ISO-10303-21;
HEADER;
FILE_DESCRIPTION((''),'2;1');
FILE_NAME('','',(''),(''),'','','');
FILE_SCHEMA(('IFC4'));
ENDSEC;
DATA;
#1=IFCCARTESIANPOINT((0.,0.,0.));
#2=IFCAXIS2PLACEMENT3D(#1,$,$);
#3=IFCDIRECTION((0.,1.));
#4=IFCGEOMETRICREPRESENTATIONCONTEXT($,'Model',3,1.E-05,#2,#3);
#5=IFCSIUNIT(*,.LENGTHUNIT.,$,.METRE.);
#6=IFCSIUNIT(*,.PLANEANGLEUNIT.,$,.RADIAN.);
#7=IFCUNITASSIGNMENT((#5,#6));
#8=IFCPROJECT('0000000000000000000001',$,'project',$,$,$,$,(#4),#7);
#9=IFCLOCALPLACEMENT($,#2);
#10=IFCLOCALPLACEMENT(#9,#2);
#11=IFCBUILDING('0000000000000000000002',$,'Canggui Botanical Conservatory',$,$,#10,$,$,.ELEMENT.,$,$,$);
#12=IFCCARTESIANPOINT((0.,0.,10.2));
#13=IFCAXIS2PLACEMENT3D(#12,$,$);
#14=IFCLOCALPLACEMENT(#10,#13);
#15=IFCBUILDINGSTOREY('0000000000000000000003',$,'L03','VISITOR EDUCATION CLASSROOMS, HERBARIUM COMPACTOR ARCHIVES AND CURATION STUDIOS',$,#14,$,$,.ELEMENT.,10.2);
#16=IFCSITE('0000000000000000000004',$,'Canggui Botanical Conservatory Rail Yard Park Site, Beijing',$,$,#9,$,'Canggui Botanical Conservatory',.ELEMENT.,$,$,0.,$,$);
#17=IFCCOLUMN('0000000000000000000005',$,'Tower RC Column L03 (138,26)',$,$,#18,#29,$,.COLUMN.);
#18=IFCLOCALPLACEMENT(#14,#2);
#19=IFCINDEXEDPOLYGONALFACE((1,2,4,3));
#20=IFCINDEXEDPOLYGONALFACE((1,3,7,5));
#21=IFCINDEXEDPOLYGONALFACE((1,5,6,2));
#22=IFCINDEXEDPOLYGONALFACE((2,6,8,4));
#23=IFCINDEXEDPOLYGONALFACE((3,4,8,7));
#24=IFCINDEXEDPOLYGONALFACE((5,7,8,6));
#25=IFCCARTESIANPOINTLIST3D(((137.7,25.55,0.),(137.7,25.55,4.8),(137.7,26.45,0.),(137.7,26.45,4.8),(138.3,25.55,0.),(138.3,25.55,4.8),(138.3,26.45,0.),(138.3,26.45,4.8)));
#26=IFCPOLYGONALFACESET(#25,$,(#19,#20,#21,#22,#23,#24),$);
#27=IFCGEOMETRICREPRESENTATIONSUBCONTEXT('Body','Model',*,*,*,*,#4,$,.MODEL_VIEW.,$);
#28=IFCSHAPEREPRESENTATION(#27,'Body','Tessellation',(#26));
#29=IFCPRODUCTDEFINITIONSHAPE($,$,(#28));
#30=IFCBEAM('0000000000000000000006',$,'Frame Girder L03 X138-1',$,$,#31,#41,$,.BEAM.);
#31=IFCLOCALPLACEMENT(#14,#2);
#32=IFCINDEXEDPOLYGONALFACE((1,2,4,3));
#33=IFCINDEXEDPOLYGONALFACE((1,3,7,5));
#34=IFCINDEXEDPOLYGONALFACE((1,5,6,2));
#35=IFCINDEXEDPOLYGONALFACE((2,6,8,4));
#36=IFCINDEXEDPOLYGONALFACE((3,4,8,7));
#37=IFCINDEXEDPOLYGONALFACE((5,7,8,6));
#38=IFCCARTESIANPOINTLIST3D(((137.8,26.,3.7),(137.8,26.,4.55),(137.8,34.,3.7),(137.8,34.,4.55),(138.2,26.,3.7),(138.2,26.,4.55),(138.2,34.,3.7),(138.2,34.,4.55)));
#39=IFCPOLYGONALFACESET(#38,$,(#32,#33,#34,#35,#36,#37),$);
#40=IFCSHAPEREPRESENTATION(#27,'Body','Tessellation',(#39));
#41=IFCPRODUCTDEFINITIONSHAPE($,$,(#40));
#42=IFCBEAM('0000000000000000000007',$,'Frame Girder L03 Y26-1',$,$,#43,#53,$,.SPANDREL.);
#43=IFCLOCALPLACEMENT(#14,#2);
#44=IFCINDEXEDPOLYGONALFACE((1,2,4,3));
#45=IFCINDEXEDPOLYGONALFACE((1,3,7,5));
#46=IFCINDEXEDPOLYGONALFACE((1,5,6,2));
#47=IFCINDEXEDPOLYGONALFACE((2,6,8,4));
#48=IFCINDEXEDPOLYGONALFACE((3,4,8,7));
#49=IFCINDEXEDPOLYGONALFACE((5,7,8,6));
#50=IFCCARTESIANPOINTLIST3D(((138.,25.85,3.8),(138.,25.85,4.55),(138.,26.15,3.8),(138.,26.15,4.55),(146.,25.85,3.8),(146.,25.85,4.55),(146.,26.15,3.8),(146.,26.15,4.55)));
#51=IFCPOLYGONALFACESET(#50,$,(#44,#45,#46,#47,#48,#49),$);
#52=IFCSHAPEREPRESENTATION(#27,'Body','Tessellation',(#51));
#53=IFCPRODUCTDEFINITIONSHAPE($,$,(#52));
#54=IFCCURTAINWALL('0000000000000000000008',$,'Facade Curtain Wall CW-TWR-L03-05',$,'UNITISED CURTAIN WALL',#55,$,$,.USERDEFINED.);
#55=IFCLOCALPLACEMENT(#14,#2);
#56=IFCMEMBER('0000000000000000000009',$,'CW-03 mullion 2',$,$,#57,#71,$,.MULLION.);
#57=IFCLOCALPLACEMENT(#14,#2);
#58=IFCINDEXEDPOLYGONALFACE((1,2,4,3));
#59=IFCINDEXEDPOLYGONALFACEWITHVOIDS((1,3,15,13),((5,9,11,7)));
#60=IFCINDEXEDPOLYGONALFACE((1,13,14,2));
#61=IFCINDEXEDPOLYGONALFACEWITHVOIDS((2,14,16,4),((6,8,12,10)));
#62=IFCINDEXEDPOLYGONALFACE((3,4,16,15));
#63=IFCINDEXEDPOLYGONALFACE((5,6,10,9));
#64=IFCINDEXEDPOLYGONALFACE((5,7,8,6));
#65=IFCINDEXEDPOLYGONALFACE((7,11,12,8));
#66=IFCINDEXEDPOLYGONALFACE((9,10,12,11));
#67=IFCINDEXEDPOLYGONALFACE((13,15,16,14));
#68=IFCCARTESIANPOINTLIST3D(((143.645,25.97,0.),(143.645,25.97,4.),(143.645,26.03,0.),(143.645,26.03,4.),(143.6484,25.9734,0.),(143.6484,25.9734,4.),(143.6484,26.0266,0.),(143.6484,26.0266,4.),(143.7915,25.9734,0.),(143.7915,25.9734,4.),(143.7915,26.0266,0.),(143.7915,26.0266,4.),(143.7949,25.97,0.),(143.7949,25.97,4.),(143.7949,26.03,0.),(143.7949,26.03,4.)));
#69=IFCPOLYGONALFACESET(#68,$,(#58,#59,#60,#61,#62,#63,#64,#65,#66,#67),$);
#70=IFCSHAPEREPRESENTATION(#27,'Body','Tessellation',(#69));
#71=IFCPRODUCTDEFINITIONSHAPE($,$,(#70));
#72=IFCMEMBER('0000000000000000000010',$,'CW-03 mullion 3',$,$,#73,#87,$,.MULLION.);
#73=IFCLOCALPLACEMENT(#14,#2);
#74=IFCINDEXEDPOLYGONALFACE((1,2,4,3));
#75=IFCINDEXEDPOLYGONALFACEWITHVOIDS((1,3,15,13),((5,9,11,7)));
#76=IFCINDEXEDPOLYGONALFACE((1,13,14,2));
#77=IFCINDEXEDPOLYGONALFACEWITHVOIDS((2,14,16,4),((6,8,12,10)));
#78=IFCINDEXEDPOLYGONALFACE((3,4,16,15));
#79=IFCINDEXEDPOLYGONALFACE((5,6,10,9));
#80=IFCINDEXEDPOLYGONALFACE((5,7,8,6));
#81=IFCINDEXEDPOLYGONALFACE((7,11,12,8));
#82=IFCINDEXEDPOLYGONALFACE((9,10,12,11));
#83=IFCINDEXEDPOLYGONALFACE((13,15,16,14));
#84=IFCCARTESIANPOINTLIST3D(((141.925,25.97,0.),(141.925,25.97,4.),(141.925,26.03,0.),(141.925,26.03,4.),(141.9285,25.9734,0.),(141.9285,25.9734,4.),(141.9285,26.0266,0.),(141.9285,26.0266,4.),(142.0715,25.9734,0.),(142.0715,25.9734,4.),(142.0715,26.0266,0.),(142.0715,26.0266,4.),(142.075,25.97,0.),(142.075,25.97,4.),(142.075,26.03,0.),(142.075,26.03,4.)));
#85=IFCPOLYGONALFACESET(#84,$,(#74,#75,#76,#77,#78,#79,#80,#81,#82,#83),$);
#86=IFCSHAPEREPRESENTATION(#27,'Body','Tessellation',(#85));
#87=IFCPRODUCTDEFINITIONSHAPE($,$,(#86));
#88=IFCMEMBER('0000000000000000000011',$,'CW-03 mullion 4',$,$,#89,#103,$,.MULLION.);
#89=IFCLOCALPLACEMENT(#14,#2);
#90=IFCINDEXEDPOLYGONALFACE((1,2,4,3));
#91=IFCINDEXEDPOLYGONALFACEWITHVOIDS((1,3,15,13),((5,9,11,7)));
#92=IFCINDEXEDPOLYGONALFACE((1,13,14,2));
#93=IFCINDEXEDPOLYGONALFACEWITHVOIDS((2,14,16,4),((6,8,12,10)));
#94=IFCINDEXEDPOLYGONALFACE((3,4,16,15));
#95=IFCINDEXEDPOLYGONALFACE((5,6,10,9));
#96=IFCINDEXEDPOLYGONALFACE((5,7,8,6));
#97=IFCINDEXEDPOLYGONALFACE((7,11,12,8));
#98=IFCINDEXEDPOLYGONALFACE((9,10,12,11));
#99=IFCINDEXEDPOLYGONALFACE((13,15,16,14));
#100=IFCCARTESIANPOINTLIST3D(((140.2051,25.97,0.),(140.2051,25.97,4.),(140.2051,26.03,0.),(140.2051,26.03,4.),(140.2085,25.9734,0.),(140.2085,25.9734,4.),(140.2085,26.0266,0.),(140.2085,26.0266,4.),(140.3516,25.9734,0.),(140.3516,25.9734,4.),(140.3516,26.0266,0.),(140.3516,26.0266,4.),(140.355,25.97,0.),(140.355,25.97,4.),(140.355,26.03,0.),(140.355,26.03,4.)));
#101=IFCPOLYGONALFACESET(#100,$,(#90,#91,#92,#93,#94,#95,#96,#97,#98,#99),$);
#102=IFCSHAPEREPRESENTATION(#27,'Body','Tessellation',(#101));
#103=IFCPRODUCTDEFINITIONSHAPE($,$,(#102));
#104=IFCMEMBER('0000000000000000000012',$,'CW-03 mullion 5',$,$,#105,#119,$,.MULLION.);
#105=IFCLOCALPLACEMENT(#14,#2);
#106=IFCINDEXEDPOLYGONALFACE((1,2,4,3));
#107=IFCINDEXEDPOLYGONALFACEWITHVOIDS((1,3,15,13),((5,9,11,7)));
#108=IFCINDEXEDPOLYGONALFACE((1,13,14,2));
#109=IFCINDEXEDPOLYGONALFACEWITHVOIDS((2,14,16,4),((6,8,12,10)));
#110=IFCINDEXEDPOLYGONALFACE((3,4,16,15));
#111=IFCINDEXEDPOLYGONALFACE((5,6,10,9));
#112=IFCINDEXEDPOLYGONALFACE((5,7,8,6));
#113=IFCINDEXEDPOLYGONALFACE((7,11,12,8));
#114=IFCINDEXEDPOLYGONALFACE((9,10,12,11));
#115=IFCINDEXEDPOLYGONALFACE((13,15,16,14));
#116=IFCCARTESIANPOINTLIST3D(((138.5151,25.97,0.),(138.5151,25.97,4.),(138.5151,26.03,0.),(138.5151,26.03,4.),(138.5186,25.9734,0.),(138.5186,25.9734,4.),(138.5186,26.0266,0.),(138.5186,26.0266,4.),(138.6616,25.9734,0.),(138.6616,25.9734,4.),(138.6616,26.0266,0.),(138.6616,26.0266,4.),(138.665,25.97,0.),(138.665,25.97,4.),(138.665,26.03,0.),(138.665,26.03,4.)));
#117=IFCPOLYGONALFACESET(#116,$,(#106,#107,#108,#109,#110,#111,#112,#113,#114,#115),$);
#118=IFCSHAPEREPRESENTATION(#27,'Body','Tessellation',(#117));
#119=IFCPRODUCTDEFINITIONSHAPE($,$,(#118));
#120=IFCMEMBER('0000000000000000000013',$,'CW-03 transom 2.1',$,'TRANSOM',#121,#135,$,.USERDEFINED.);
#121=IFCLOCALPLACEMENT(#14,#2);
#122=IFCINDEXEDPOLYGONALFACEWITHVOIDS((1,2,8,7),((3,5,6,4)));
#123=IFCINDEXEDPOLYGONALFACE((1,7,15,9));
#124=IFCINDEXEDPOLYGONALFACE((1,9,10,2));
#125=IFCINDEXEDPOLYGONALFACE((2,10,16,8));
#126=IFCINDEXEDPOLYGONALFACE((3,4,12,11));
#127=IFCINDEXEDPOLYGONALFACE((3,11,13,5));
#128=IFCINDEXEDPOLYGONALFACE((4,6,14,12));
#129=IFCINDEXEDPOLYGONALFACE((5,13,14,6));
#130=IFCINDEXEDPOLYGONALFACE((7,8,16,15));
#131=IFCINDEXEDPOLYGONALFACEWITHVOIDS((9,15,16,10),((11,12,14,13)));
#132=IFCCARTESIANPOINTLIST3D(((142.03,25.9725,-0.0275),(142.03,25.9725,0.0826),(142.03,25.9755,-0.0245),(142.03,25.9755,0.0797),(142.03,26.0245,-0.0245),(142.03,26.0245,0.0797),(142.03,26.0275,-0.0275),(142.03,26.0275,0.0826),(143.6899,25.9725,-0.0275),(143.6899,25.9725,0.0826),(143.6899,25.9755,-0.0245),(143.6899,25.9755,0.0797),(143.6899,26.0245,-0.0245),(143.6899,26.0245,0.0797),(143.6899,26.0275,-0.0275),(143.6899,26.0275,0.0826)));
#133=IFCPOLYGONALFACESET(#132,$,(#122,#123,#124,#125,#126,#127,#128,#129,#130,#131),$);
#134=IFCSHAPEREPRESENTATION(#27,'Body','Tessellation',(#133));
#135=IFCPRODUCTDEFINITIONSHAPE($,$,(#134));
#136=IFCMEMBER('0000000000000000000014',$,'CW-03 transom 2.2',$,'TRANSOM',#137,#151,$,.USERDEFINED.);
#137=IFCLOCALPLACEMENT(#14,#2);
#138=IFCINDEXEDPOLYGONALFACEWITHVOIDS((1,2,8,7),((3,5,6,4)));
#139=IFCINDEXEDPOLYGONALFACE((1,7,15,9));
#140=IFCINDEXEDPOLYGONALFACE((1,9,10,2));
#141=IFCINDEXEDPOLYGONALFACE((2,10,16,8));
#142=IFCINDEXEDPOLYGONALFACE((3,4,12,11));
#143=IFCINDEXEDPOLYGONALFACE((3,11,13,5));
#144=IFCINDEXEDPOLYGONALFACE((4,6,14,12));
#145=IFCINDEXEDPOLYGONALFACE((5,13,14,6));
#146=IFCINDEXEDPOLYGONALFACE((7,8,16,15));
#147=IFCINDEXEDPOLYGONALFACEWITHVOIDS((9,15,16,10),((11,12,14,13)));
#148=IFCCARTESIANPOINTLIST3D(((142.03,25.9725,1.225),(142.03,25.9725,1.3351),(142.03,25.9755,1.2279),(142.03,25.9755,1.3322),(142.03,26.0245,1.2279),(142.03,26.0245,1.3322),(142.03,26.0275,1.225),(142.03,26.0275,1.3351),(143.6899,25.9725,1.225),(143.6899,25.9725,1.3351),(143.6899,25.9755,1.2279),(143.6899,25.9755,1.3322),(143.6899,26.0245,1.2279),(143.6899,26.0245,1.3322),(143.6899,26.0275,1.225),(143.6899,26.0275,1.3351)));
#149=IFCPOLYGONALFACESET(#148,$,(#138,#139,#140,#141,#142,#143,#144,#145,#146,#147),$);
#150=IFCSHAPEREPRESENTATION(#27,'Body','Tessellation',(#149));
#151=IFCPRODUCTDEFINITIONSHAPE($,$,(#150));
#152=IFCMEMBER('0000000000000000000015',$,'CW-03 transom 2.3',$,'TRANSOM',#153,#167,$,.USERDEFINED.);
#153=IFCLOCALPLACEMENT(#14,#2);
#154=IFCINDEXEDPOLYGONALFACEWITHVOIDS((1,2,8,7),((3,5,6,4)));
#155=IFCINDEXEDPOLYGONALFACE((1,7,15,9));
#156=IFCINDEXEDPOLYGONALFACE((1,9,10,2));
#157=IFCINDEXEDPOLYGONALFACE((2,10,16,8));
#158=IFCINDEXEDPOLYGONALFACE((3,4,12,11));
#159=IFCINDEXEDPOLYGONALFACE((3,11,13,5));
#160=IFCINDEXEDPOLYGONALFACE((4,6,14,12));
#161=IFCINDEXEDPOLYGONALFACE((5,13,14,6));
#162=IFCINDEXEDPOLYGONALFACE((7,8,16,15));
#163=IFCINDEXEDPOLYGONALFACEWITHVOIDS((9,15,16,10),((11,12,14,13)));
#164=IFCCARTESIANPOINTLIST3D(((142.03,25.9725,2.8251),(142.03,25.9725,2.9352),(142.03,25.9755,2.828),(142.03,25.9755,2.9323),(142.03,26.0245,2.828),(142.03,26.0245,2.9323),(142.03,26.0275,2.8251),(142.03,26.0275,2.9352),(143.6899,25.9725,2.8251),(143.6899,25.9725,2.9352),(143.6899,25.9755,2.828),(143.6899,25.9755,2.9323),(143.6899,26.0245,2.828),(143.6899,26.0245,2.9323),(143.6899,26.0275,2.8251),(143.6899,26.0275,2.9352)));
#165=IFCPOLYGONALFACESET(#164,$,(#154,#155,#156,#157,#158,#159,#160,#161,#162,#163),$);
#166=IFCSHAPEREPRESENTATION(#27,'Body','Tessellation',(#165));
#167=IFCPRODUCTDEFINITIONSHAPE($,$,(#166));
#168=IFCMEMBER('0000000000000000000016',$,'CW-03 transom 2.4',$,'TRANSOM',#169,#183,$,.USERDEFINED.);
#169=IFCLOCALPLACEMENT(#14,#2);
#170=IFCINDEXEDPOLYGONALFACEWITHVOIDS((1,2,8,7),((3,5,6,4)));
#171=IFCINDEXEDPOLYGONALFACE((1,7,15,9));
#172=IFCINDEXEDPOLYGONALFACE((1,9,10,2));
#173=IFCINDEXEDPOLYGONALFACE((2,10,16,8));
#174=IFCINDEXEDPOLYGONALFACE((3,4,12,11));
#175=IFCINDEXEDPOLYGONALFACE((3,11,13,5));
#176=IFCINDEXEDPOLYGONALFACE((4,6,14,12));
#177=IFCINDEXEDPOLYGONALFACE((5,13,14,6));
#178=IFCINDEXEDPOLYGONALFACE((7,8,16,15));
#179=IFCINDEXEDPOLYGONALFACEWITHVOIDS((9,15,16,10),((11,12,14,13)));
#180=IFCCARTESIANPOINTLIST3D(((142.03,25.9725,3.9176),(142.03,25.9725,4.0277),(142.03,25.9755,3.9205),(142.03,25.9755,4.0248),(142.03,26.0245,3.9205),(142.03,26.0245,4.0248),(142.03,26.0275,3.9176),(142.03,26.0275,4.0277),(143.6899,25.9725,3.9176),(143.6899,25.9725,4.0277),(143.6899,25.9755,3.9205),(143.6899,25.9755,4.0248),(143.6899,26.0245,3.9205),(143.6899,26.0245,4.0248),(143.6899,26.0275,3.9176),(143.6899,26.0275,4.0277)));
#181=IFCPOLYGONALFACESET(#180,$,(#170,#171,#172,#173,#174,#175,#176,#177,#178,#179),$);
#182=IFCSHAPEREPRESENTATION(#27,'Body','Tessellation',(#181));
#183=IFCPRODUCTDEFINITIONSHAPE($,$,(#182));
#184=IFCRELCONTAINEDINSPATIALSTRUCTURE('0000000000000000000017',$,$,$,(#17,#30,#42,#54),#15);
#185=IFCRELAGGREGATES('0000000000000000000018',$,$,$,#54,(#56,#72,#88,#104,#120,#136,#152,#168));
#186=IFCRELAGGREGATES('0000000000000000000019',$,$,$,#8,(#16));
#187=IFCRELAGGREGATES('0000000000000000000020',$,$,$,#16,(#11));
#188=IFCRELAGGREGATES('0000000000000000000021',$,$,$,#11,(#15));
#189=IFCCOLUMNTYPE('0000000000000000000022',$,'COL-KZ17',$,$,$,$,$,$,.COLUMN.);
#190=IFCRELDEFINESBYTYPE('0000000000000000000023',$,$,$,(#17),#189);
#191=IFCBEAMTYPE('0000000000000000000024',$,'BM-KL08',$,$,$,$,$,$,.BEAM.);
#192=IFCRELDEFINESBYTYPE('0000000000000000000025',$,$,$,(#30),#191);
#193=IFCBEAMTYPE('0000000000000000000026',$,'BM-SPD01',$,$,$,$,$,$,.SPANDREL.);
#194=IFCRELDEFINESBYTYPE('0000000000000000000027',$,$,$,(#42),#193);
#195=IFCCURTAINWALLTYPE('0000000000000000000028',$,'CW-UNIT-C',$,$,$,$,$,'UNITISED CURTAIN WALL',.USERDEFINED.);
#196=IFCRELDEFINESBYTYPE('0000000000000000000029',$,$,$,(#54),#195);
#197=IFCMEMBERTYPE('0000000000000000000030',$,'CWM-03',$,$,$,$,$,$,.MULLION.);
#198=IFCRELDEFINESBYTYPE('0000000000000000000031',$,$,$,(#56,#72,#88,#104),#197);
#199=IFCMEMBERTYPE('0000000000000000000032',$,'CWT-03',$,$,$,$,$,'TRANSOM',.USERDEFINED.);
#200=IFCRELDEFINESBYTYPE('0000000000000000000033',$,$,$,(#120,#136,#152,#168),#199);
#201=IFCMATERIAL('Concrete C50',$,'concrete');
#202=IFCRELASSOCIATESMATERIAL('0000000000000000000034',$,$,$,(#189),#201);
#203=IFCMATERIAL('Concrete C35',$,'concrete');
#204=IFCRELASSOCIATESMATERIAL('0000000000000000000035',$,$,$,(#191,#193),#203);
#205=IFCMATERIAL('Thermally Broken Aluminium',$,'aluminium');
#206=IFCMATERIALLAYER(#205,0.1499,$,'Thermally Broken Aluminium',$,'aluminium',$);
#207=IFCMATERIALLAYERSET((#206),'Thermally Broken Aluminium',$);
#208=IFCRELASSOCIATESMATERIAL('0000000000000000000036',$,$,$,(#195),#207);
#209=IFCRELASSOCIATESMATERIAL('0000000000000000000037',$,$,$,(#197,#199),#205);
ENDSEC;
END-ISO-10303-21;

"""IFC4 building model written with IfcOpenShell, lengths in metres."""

from ifc_helpers import new_model, si_unit, direction, frame, origin, origin_2d, place, context, subcontext, project, spatial, rectangle, hollow_rectangle, extrude, material, layer, layer_set, material_profile, profile_set, type_object, element, aggregate, save


model = new_model("IFC4")

# Units and contexts
model_context = context("Model", 3, precision=1e-05, world=origin(), true_north=direction((0.0, 1.0)))
body_context = subcontext(model_context, "Body", "Model", "MODEL_VIEW")
ifc_project = project(units=[si_unit("LENGTHUNIT", "METRE"), si_unit("PLANEANGLEUNIT", "RADIAN")], contexts=[model_context])

# Site, building, storey
site_placement = place(None, origin())
site = spatial("IfcSite", under=ifc_project, at=site_placement, Name="Canggui Botanical Conservatory Rail Yard Park Site, Beijing", LongName="Canggui Botanical Conservatory", CompositionType="ELEMENT", RefElevation=0.0)
building_placement = place(site_placement, origin())
building = spatial("IfcBuilding", under=site, at=building_placement, Name="Canggui Botanical Conservatory", CompositionType="ELEMENT")
storey_placement = place(building_placement, frame((0.0, 0.0, 10.2)))
storey = spatial("IfcBuildingStorey", under=building, at=storey_placement, Name="L03", Description="VISITOR EDUCATION CLASSROOMS, HERBARIUM COMPACTOR ARCHIVES AND CURATION STUDIOS", CompositionType="ELEMENT", Elevation=10.2)

# Column
ifc_material_1 = material(Name="Concrete C50", Category="concrete")
ifc_material_profile_1 = material_profile(ifc_material_1, rectangle(XDim=0.6001, YDim=0.8999, at=origin_2d()), Name="RC 600x900")
ifc_profile_set_1 = profile_set([ifc_material_profile_1], Name="Concrete C50")
column_type = type_object("IfcColumnType", Name="COL-KZ17", PredefinedType="COLUMN", material=ifc_profile_set_1)
column_placement = place(storey_placement, frame((138.0, 26.0, 0.0), z_axis=(0.0, 0.0, 1.0), x_axis=(1.0, 0.0, 0.0)))
element("IfcColumn", 1, at=column_placement, inside=storey, type_object=column_type, Name="Tower RC Column L03 (138,26)", PredefinedType="COLUMN", context=body_context, shape_type="SweptSolid", body=[
    extrude(rectangle(XDim=0.6001, YDim=0.8999, at=origin_2d()), origin(), (0.0, 0.0, 1.0), 4.8),
])

# Beams
ifc_material_2 = material(Name="Concrete C35", Category="concrete")
ifc_material_profile_2 = material_profile(ifc_material_2, rectangle(XDim=0.3999, YDim=0.8501, at=origin_2d()), Name="RB 400x850")
ifc_profile_set_2 = profile_set([ifc_material_profile_2], Name="Concrete C35")
beam_type_1 = type_object("IfcBeamType", Name="BM-KL08", PredefinedType="BEAM", material=ifc_profile_set_2)
beam_1_placement = place(storey_placement, frame((138.0, 26.0, 4.125), z_axis=(0.0, 1.0, 0.0), x_axis=(-1.0, 0.0, 0.0)))
element("IfcBeam", 2, at=beam_1_placement, inside=storey, type_object=beam_type_1, Name="Frame Girder L03 X138-1", PredefinedType="BEAM", context=body_context, shape_type="SweptSolid", body=[
    extrude(rectangle(XDim=0.3999, YDim=0.8501, at=origin_2d()), origin(), (0.0, 0.0, 1.0), 8.0),
])
ifc_material_profile_3 = material_profile(ifc_material_2, rectangle(XDim=0.3, YDim=0.75, at=origin_2d()), Name="RB 300x750")
ifc_profile_set_3 = profile_set([ifc_material_profile_3], Name="Concrete C35")
beam_type_2 = type_object("IfcBeamType", Name="BM-SPD01", PredefinedType="SPANDREL", material=ifc_profile_set_3)
beam_2_placement = place(storey_placement, frame((138.0, 26.0, 4.175), z_axis=(1.0, 0.0, 0.0), x_axis=(0.0, 1.0, 0.0)))
element("IfcBeam", 3, at=beam_2_placement, inside=storey, type_object=beam_type_2, Name="Frame Girder L03 Y26-1", PredefinedType="SPANDREL", context=body_context, shape_type="SweptSolid", body=[
    extrude(rectangle(XDim=0.3, YDim=0.75, at=origin_2d()), origin(), (0.0, 0.0, 1.0), 8.0),
])

# Curtain wall, members
ifc_material_3 = material(Name="Thermally Broken Aluminium", Category="aluminium")
ifc_layer_1 = layer(ifc_material_3, 0.1499, Name="Thermally Broken Aluminium", Category="aluminium")
ifc_layer_set_1 = layer_set([ifc_layer_1], Name="Thermally Broken Aluminium")
curtain_wall_type = type_object("IfcCurtainWallType", Name="CW-UNIT-C", ElementType="UNITISED CURTAIN WALL", PredefinedType="USERDEFINED", material=ifc_layer_set_1)
curtain_wall_placement = place(storey_placement, origin())
curtain_wall = element("IfcCurtainWall", 4, at=curtain_wall_placement, inside=storey, type_object=curtain_wall_type, Name="Facade Curtain Wall CW-TWR-L03-05", ObjectType="UNITISED CURTAIN WALL", PredefinedType="USERDEFINED")
ifc_material_profile_4 = material_profile(ifc_material_3, hollow_rectangle(XDim=0.0601, YDim=0.1499, WallThickness=0.0034, at=origin_2d()), Name="CWM 60x150x3.5")
ifc_profile_set_4 = profile_set([ifc_material_profile_4], Name="Thermally Broken Aluminium")
member_type_1 = type_object("IfcMemberType", Name="CWM-03", PredefinedType="MULLION", material=ifc_profile_set_4)
member_1_placement = place(storey_placement, frame((143.72, 26.0, 0.0), z_axis=(0.0, 0.0, 1.0), x_axis=(0.0, -1.0, 0.0)))
member_1 = element("IfcMember", 5, at=member_1_placement, type_object=member_type_1, Name="CW-03 mullion 2", PredefinedType="MULLION", context=body_context, shape_type="SweptSolid", body=[
    extrude(hollow_rectangle(XDim=0.0601, YDim=0.1499, WallThickness=0.0034, at=origin_2d()), origin(), (0.0, 0.0, 1.0), 4.0),
])
member_2_placement = place(storey_placement, frame((142.0, 26.0, 0.0), z_axis=(0.0, 0.0, 1.0), x_axis=(0.0, -1.0, 0.0)))
member_2 = element("IfcMember", 6, at=member_2_placement, type_object=member_type_1, Name="CW-03 mullion 3", PredefinedType="MULLION", context=body_context, shape_type="SweptSolid", body=[
    extrude(hollow_rectangle(XDim=0.0601, YDim=0.1499, WallThickness=0.0034, at=origin_2d()), origin(), (0.0, 0.0, 1.0), 4.0),
])
member_3_placement = place(storey_placement, frame((140.28, 26.0, 0.0), z_axis=(0.0, 0.0, 1.0), x_axis=(0.0, -1.0, 0.0)))
member_3 = element("IfcMember", 7, at=member_3_placement, type_object=member_type_1, Name="CW-03 mullion 4", PredefinedType="MULLION", context=body_context, shape_type="SweptSolid", body=[
    extrude(hollow_rectangle(XDim=0.0601, YDim=0.1499, WallThickness=0.0034, at=origin_2d()), origin(), (0.0, 0.0, 1.0), 4.0),
])
member_4_placement = place(storey_placement, frame((138.5901, 26.0, 0.0), z_axis=(0.0, 0.0, 1.0), x_axis=(0.0, -1.0, 0.0)))
member_4 = element("IfcMember", 8, at=member_4_placement, type_object=member_type_1, Name="CW-03 mullion 5", PredefinedType="MULLION", context=body_context, shape_type="SweptSolid", body=[
    extrude(hollow_rectangle(XDim=0.0601, YDim=0.1499, WallThickness=0.0034, at=origin_2d()), origin(), (0.0, 0.0, 1.0), 4.0),
])
ifc_material_profile_5 = material_profile(ifc_material_3, hollow_rectangle(XDim=0.0549, YDim=0.1101, WallThickness=0.0029, at=origin_2d()), Name="CWT 55x110x3")
ifc_profile_set_5 = profile_set([ifc_material_profile_5], Name="Thermally Broken Aluminium")
member_type_2 = type_object("IfcMemberType", Name="CWT-03", ElementType="TRANSOM", PredefinedType="USERDEFINED", material=ifc_profile_set_5)
member_5_placement = place(storey_placement, frame((143.6899, 26.0, 0.0276), z_axis=(-1.0, 0.0, 0.0), x_axis=(0.0, -1.0, 0.0)))
member_5 = element("IfcMember", 9, at=member_5_placement, type_object=member_type_2, Name="CW-03 transom 2.1", ObjectType="TRANSOM", PredefinedType="USERDEFINED", context=body_context, shape_type="SweptSolid", body=[
    extrude(hollow_rectangle(XDim=0.0549, YDim=0.1101, WallThickness=0.0029, at=origin_2d()), origin(), (0.0, 0.0, 1.0), 1.6599),
])
member_6_placement = place(storey_placement, frame((143.6899, 26.0, 1.28), z_axis=(-1.0, 0.0, 0.0), x_axis=(0.0, -1.0, 0.0)))
member_6 = element("IfcMember", 10, at=member_6_placement, type_object=member_type_2, Name="CW-03 transom 2.2", ObjectType="TRANSOM", PredefinedType="USERDEFINED", context=body_context, shape_type="SweptSolid", body=[
    extrude(hollow_rectangle(XDim=0.0549, YDim=0.1101, WallThickness=0.0029, at=origin_2d()), origin(), (0.0, 0.0, 1.0), 1.6599),
])
member_7_placement = place(storey_placement, frame((143.6899, 26.0, 2.8801), z_axis=(-1.0, 0.0, 0.0), x_axis=(0.0, -1.0, 0.0)))
member_7 = element("IfcMember", 11, at=member_7_placement, type_object=member_type_2, Name="CW-03 transom 2.3", ObjectType="TRANSOM", PredefinedType="USERDEFINED", context=body_context, shape_type="SweptSolid", body=[
    extrude(hollow_rectangle(XDim=0.0549, YDim=0.1101, WallThickness=0.0029, at=origin_2d()), origin(), (0.0, 0.0, 1.0), 1.6599),
])
member_8_placement = place(storey_placement, frame((143.6899, 26.0, 3.9727), z_axis=(-1.0, 0.0, 0.0), x_axis=(0.0, -1.0, 0.0)))
member_8 = element("IfcMember", 12, at=member_8_placement, type_object=member_type_2, Name="CW-03 transom 2.4", ObjectType="TRANSOM", PredefinedType="USERDEFINED", context=body_context, shape_type="SweptSolid", body=[
    extrude(hollow_rectangle(XDim=0.0549, YDim=0.1101, WallThickness=0.0029, at=origin_2d()), origin(), (0.0, 0.0, 1.0), 1.6599),
])
aggregate(curtain_wall, [member_1, member_2, member_3, member_4, member_5, member_6, member_7, member_8])

save(model, "model.ifc")
